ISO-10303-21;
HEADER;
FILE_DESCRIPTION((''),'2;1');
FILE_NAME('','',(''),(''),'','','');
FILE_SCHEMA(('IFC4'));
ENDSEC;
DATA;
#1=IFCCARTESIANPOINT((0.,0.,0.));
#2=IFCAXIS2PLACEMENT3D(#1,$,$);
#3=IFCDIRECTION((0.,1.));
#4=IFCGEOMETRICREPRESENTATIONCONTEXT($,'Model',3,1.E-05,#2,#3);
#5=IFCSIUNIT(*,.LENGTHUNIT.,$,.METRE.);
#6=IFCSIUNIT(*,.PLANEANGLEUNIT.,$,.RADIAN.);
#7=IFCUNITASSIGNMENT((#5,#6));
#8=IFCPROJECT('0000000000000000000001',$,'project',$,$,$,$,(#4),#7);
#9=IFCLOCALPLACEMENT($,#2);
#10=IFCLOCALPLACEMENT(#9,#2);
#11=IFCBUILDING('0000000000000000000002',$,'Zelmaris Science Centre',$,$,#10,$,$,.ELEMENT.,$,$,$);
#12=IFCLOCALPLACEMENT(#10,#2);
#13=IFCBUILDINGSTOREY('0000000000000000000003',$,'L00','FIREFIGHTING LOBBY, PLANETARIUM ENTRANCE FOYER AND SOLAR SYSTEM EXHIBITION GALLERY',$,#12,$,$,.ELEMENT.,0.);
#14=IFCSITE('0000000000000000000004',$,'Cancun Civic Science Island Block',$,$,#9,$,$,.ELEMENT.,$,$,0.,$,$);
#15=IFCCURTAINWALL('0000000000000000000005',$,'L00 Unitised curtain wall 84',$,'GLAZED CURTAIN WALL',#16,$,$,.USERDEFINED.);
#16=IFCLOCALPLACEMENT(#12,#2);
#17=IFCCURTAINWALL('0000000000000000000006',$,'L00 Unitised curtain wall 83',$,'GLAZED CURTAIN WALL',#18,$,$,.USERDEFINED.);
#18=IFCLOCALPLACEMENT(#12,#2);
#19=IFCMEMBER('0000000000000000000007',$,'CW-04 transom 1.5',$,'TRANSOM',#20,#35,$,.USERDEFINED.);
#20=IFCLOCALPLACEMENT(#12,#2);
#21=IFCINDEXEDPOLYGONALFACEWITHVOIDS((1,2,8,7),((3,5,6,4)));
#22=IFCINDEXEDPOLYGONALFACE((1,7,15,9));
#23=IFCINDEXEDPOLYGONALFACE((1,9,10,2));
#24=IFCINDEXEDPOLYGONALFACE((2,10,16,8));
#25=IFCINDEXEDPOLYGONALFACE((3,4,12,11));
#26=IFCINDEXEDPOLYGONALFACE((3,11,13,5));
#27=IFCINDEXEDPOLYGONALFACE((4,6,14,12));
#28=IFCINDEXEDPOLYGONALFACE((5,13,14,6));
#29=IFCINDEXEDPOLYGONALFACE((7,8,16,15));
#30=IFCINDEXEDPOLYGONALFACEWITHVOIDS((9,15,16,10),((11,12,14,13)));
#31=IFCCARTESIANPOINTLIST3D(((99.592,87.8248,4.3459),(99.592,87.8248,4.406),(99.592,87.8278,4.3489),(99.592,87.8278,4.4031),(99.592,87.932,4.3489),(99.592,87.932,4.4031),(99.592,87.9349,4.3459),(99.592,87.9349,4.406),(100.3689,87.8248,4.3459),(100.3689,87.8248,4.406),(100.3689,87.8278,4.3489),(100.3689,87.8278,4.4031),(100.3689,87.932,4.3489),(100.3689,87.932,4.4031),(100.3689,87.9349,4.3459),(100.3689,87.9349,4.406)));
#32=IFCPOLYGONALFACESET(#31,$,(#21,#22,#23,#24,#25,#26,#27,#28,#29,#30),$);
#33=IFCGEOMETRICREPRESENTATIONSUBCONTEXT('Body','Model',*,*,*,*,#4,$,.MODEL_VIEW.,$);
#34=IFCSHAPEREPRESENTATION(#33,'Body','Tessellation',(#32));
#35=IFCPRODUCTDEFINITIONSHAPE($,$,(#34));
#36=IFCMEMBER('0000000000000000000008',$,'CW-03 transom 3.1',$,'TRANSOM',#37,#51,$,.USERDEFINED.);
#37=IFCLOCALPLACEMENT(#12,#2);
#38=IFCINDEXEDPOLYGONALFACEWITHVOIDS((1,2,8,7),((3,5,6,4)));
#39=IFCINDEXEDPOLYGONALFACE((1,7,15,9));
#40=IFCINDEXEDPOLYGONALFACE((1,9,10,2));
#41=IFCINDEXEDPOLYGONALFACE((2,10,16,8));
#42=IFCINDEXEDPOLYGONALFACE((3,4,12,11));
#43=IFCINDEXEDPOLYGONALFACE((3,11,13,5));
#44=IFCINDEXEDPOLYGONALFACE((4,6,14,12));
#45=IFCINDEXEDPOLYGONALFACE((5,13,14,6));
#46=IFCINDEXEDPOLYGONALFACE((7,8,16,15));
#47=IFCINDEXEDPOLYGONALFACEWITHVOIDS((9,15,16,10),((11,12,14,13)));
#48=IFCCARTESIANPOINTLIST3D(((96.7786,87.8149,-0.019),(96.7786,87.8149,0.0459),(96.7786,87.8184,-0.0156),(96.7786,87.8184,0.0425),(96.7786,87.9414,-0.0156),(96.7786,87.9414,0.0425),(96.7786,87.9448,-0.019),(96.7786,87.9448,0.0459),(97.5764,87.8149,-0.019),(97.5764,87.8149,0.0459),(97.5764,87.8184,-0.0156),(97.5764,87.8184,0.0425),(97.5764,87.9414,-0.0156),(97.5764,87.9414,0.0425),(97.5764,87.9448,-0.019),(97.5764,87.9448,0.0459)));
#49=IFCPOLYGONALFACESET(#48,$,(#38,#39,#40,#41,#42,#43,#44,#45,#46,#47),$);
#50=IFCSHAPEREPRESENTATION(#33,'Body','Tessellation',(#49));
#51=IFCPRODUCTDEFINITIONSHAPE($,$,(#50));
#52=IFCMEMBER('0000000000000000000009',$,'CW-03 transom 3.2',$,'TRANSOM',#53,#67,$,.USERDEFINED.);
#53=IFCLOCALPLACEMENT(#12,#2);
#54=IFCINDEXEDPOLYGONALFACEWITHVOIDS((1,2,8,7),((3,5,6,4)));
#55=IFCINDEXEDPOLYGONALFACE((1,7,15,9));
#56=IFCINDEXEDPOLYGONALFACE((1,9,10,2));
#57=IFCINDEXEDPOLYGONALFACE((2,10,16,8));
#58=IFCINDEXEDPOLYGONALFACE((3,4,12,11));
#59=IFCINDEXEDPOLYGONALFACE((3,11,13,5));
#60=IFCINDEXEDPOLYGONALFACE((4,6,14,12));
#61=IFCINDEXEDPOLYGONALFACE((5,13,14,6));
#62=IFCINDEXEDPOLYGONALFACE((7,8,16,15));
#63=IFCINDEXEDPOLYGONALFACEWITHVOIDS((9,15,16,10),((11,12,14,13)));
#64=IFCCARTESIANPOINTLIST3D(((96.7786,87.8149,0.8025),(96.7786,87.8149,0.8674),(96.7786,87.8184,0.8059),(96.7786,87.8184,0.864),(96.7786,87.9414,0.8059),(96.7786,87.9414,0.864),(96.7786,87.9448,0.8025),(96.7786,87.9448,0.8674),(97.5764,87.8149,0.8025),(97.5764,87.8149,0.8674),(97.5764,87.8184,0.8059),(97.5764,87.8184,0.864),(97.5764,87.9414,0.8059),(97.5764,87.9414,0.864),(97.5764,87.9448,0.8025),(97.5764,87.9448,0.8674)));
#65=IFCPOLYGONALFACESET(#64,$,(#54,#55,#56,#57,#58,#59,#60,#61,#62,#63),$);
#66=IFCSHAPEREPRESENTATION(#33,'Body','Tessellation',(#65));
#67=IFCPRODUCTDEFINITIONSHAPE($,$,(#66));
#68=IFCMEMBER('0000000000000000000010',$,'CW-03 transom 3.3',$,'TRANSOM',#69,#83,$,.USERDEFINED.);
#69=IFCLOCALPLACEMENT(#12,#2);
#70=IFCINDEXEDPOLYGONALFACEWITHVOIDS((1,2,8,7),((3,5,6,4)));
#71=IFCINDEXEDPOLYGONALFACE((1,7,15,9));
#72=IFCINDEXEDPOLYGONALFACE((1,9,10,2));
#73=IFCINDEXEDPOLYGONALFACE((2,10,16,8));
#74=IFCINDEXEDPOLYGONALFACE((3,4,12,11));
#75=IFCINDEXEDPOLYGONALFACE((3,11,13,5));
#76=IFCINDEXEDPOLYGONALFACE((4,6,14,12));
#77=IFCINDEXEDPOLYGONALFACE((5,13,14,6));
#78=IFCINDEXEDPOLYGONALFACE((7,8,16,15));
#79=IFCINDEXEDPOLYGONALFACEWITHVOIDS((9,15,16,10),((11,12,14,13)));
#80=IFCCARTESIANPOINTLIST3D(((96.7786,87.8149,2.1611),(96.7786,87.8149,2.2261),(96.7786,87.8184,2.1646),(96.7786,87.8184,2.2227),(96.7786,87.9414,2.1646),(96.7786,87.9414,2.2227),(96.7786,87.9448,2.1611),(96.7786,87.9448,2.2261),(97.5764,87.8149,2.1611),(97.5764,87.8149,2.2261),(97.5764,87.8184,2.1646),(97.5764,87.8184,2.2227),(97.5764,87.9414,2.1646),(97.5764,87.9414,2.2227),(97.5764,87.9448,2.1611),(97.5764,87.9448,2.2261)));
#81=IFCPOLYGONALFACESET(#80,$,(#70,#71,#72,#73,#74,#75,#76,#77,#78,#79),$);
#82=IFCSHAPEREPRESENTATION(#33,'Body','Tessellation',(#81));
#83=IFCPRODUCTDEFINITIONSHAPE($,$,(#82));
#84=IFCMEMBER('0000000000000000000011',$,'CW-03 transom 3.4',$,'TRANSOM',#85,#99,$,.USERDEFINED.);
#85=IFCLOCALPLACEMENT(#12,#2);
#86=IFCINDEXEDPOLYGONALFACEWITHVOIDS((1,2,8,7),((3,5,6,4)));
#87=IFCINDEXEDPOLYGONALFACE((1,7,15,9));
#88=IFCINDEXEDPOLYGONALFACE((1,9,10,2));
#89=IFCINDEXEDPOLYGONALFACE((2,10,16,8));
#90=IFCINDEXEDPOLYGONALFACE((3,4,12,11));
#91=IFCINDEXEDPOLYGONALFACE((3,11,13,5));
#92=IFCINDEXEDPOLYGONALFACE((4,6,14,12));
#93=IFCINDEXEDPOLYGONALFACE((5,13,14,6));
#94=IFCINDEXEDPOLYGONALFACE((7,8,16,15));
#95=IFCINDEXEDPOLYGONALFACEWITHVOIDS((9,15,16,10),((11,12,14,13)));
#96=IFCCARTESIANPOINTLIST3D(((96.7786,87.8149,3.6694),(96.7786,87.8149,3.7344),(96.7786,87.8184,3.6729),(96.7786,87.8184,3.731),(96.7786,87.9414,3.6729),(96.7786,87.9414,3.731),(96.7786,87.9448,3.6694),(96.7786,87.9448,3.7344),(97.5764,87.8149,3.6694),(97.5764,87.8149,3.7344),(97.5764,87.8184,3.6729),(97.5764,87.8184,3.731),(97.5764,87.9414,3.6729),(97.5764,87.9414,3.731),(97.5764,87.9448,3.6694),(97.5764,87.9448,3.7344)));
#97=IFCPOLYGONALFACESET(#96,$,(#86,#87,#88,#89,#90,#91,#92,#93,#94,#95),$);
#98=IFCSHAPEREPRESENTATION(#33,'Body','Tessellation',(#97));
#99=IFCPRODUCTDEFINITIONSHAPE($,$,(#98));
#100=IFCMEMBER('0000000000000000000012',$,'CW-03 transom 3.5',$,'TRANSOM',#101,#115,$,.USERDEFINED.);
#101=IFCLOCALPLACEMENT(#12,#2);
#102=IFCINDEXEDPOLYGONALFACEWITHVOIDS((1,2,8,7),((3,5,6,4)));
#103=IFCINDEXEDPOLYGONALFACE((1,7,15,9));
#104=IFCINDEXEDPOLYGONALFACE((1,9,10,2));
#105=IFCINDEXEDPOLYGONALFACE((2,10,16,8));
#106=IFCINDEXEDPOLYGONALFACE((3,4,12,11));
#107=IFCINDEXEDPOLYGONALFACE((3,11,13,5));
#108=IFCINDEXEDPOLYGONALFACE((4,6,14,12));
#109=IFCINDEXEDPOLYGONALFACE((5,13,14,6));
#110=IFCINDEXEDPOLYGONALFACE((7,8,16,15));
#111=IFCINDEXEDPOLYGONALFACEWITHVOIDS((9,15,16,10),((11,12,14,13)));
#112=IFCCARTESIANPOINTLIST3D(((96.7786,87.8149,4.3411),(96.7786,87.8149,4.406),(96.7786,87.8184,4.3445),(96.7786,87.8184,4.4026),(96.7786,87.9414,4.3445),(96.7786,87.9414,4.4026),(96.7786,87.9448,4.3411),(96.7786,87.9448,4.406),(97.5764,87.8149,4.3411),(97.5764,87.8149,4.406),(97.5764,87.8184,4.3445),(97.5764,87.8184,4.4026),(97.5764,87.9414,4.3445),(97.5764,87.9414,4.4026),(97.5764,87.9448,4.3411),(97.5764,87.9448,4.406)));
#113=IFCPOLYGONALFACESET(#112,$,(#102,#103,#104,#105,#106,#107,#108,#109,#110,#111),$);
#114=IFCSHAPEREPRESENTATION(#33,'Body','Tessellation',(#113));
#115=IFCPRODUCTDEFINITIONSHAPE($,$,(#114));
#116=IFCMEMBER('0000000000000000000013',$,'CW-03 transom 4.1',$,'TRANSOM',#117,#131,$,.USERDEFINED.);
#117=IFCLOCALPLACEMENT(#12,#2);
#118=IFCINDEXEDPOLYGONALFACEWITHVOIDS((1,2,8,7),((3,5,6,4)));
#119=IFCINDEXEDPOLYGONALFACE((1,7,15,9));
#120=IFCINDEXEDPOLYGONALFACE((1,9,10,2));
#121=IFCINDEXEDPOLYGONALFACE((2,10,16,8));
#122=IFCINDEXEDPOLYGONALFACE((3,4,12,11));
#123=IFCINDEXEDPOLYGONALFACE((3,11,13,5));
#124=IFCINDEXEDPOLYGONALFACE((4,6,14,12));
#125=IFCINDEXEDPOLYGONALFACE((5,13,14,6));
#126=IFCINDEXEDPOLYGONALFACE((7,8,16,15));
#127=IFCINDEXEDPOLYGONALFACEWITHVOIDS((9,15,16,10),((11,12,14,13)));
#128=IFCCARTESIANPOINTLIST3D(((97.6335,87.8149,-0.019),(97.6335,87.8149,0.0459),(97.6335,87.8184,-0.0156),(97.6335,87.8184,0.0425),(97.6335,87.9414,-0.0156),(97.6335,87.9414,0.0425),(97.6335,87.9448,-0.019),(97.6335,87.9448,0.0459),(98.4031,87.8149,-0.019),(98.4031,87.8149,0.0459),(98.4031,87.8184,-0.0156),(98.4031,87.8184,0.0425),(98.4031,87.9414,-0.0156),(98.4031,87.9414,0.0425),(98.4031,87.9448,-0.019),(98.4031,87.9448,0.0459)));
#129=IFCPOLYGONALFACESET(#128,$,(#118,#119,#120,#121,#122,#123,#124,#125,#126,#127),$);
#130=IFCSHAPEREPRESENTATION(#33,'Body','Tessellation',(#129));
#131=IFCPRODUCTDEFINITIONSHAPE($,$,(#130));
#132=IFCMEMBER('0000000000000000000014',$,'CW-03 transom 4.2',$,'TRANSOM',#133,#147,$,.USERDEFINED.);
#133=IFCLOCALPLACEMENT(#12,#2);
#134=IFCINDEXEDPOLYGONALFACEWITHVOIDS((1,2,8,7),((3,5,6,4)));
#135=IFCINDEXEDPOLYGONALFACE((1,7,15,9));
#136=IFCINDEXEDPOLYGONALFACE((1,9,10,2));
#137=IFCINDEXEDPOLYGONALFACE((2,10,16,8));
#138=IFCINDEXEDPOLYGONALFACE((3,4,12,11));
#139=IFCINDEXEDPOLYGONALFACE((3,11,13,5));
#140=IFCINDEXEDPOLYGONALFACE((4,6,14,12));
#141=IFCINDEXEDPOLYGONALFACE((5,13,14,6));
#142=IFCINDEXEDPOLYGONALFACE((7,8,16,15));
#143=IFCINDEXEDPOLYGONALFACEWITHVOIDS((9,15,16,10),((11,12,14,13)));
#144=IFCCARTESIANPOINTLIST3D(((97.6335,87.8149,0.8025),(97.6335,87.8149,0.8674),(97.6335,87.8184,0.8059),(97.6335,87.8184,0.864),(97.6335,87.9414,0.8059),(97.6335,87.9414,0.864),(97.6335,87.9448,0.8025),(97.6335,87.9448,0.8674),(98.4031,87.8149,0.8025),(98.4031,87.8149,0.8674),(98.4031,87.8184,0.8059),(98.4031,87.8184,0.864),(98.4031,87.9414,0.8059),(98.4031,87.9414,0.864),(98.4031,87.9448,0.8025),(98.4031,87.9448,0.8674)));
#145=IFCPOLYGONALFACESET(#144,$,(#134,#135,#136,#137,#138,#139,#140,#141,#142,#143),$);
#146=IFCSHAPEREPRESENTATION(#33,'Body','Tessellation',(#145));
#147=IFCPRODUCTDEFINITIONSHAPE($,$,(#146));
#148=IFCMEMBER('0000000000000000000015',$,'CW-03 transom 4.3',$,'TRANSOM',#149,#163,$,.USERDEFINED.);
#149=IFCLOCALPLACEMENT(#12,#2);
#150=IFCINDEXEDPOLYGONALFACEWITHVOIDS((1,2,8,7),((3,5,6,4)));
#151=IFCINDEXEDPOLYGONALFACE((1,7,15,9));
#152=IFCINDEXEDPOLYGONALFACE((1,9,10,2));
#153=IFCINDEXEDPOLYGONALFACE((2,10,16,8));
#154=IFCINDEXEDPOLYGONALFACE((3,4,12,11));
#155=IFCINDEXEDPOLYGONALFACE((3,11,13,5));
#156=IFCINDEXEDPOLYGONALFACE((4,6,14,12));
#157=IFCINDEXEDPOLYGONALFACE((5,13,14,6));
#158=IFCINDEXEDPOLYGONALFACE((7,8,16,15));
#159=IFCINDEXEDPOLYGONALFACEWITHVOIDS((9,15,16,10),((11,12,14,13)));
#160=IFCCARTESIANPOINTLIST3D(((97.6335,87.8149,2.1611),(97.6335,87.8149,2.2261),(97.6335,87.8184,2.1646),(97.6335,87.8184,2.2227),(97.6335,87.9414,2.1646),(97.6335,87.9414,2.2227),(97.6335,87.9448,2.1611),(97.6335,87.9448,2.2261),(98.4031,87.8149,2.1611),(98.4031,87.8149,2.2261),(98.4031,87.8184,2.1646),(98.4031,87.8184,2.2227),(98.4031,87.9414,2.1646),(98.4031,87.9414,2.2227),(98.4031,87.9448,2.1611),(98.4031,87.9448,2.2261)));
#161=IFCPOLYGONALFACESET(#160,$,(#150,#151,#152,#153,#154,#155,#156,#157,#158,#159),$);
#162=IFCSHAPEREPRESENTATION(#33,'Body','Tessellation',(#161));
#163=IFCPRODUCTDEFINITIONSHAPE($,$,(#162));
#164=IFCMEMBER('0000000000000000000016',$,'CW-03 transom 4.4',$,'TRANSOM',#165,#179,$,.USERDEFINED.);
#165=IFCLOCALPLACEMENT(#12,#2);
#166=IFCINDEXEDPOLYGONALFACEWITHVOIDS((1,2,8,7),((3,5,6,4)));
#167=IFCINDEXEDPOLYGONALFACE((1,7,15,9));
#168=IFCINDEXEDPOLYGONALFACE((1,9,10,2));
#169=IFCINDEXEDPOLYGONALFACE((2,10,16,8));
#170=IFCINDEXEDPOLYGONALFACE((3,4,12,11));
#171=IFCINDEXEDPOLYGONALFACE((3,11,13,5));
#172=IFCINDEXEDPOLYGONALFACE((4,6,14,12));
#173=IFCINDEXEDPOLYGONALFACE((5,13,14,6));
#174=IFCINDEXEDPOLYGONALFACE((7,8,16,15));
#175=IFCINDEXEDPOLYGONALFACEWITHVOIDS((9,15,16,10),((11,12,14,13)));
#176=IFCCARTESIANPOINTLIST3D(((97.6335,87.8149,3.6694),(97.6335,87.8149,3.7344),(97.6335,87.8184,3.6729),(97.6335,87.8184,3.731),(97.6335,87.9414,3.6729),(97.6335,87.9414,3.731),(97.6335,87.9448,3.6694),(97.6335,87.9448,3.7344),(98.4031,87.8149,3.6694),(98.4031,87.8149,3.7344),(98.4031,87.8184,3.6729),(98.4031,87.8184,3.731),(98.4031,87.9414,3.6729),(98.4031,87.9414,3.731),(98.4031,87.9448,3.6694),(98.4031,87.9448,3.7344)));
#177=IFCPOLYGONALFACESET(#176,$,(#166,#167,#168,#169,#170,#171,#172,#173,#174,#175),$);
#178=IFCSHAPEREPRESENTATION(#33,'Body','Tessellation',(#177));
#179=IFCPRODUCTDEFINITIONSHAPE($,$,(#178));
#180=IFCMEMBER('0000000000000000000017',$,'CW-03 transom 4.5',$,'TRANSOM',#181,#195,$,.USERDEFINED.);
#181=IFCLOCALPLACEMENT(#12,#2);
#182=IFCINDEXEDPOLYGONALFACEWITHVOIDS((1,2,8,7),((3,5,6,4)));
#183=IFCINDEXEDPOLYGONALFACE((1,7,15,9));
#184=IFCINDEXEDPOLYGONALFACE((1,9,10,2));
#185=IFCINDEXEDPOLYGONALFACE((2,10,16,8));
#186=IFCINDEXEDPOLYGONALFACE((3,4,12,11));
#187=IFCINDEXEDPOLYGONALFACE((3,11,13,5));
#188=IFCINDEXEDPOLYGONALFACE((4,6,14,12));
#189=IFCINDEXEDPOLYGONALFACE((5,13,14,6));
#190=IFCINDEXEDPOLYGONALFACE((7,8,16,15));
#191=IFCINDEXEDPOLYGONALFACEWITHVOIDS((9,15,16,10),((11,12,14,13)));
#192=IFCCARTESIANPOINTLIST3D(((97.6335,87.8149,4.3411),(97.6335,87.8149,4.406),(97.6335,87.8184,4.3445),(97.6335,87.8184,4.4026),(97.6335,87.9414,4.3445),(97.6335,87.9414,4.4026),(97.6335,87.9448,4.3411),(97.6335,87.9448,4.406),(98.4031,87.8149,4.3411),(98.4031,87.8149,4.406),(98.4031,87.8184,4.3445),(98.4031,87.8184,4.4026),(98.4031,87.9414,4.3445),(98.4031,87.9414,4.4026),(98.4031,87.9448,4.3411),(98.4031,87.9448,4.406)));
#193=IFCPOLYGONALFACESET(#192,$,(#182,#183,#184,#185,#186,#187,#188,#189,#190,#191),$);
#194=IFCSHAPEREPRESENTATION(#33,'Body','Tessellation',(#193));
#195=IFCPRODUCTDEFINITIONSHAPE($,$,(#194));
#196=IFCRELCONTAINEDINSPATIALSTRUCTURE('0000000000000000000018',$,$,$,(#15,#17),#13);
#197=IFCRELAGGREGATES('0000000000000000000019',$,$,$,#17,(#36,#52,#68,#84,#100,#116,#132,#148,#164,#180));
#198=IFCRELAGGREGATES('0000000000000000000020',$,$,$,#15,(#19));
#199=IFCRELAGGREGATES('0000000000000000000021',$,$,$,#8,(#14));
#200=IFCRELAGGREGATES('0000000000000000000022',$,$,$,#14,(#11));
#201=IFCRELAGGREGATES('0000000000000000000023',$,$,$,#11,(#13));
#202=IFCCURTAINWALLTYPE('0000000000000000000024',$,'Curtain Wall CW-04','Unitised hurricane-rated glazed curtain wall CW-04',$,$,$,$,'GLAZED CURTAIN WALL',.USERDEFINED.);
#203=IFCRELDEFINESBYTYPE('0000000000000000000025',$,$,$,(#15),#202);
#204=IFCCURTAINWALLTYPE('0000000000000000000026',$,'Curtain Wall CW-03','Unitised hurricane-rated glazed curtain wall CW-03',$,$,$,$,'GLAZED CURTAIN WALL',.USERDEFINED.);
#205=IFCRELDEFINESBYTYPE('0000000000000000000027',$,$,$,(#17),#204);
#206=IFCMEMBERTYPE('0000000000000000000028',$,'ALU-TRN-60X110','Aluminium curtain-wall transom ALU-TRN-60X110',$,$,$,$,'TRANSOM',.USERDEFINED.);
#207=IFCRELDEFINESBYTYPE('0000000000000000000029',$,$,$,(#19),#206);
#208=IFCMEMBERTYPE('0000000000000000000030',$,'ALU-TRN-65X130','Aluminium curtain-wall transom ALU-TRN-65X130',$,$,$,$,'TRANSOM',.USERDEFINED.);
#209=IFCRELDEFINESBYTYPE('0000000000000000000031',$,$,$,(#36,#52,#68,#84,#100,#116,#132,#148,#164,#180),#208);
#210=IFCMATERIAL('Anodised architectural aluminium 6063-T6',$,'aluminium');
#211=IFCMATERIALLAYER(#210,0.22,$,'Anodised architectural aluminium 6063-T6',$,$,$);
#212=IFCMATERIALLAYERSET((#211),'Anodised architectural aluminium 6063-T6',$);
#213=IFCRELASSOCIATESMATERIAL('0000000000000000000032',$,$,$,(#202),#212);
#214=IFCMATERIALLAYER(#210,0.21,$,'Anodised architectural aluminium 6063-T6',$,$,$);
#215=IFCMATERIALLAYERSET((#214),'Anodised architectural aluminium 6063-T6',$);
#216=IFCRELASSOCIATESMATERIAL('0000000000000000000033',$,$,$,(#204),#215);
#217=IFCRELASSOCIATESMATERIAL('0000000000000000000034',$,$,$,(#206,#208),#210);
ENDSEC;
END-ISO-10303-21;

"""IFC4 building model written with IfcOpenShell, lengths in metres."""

from ifc_helpers import new_model, si_unit, direction, frame, origin, origin_2d, place, context, subcontext, project, spatial, hollow_rectangle, extrude, material, layer, layer_set, material_profile, profile_set, type_object, element, aggregate, save


model = new_model("IFC4")

# Units and contexts
model_context = context("Model", 3, precision=1e-05, world=origin(), true_north=direction((0.0, 1.0)))
body_context = subcontext(model_context, "Body", "Model", "MODEL_VIEW")
ifc_project = project(units=[si_unit("LENGTHUNIT", "METRE"), si_unit("PLANEANGLEUNIT", "RADIAN")], contexts=[model_context])

# Site, building, storey
site_placement = place(None, origin())
site = spatial("IfcSite", under=ifc_project, at=site_placement, Name="Cancun Civic Science Island Block", CompositionType="ELEMENT", RefElevation=0.0)
building_placement = place(site_placement, origin())
building = spatial("IfcBuilding", under=site, at=building_placement, Name="Zelmaris Science Centre", CompositionType="ELEMENT")
storey_placement = place(building_placement, origin())
storey = spatial("IfcBuildingStorey", under=building, at=storey_placement, Name="L00", Description="FIREFIGHTING LOBBY, PLANETARIUM ENTRANCE FOYER AND SOLAR SYSTEM EXHIBITION GALLERY", CompositionType="ELEMENT", Elevation=0.0)

# Curtain wall
ifc_material_1 = material(Name="Anodised architectural aluminium 6063-T6", Category="aluminium")
ifc_layer_1 = layer(ifc_material_1, 0.22, Name="Anodised architectural aluminium 6063-T6")
ifc_layer_set_1 = layer_set([ifc_layer_1], Name="Anodised architectural aluminium 6063-T6")
curtain_wall_type_1 = type_object("IfcCurtainWallType", Name="Curtain Wall CW-04", Description="Unitised hurricane-rated glazed curtain wall CW-04", ElementType="GLAZED CURTAIN WALL", PredefinedType="USERDEFINED", material=ifc_layer_set_1)
curtain_wall_1_placement = place(storey_placement, origin())
curtain_wall_1 = element("IfcCurtainWall", 1, at=curtain_wall_1_placement, inside=storey, type_object=curtain_wall_type_1, Name="L00 Unitised curtain wall 84", ObjectType="GLAZED CURTAIN WALL", PredefinedType="USERDEFINED")

# Curtain wall
ifc_layer_2 = layer(ifc_material_1, 0.21, Name="Anodised architectural aluminium 6063-T6")
ifc_layer_set_2 = layer_set([ifc_layer_2], Name="Anodised architectural aluminium 6063-T6")
curtain_wall_type_2 = type_object("IfcCurtainWallType", Name="Curtain Wall CW-03", Description="Unitised hurricane-rated glazed curtain wall CW-03", ElementType="GLAZED CURTAIN WALL", PredefinedType="USERDEFINED", material=ifc_layer_set_2)
curtain_wall_2_placement = place(storey_placement, origin())
curtain_wall_2 = element("IfcCurtainWall", 2, at=curtain_wall_2_placement, inside=storey, type_object=curtain_wall_type_2, Name="L00 Unitised curtain wall 83", ObjectType="GLAZED CURTAIN WALL", PredefinedType="USERDEFINED")

# Members
ifc_material_profile_1 = material_profile(ifc_material_1, hollow_rectangle(XDim=0.0601, YDim=0.1101, WallThickness=0.0029, at=origin_2d()), Name="ALU-TRN-60X110")
ifc_profile_set_1 = profile_set([ifc_material_profile_1], Name="Anodised architectural aluminium 6063-T6")
member_type_1 = type_object("IfcMemberType", Name="ALU-TRN-60X110", Description="Aluminium curtain-wall transom ALU-TRN-60X110", ElementType="TRANSOM", PredefinedType="USERDEFINED", material=ifc_profile_set_1)
member_1_placement = place(storey_placement, frame((99.592, 87.8799, 4.376), z_axis=(1.0, 0.0, 0.0), x_axis=(0.0, 0.0, 1.0)))
member_1 = element("IfcMember", 3, at=member_1_placement, type_object=member_type_1, Name="CW-04 transom 1.5", ObjectType="TRANSOM", PredefinedType="USERDEFINED", context=body_context, shape_type="SweptSolid", body=[
    extrude(hollow_rectangle(XDim=0.0601, YDim=0.1101, WallThickness=0.0029, at=origin_2d()), origin(), (0.0, 0.0, 1.0), 0.7769),
])
ifc_material_profile_2 = material_profile(ifc_material_1, hollow_rectangle(XDim=0.0649, YDim=0.1299, WallThickness=0.0034, at=origin_2d()), Name="ALU-TRN-65X130")
ifc_profile_set_2 = profile_set([ifc_material_profile_2], Name="Anodised architectural aluminium 6063-T6")
member_type_2 = type_object("IfcMemberType", Name="ALU-TRN-65X130", Description="Aluminium curtain-wall transom ALU-TRN-65X130", ElementType="TRANSOM", PredefinedType="USERDEFINED", material=ifc_profile_set_2)
member_2_placement = place(storey_placement, frame((96.7786, 87.8799, 0.0134), z_axis=(1.0, 0.0, 0.0), x_axis=(0.0, 0.0, 1.0)))
member_2 = element("IfcMember", 4, at=member_2_placement, type_object=member_type_2, Name="CW-03 transom 3.1", ObjectType="TRANSOM", PredefinedType="USERDEFINED", context=body_context, shape_type="SweptSolid", body=[
    extrude(hollow_rectangle(XDim=0.0649, YDim=0.1299, WallThickness=0.0034, at=origin_2d()), origin(), (0.0, 0.0, 1.0), 0.7979),
])
member_3_placement = place(storey_placement, frame((96.7786, 87.8799, 0.835), z_axis=(1.0, 0.0, 0.0), x_axis=(0.0, 0.0, 1.0)))
member_3 = element("IfcMember", 5, at=member_3_placement, type_object=member_type_2, Name="CW-03 transom 3.2", ObjectType="TRANSOM", PredefinedType="USERDEFINED", context=body_context, shape_type="SweptSolid", body=[
    extrude(hollow_rectangle(XDim=0.0649, YDim=0.1299, WallThickness=0.0034, at=origin_2d()), origin(), (0.0, 0.0, 1.0), 0.7979),
])
member_4_placement = place(storey_placement, frame((96.7786, 87.8799, 2.1936), z_axis=(1.0, 0.0, 0.0), x_axis=(0.0, 0.0, 1.0)))
member_4 = element("IfcMember", 6, at=member_4_placement, type_object=member_type_2, Name="CW-03 transom 3.3", ObjectType="TRANSOM", PredefinedType="USERDEFINED", context=body_context, shape_type="SweptSolid", body=[
    extrude(hollow_rectangle(XDim=0.0649, YDim=0.1299, WallThickness=0.0034, at=origin_2d()), origin(), (0.0, 0.0, 1.0), 0.7979),
])
member_5_placement = place(storey_placement, frame((96.7786, 87.8799, 3.7019), z_axis=(1.0, 0.0, 0.0), x_axis=(0.0, 0.0, 1.0)))
member_5 = element("IfcMember", 7, at=member_5_placement, type_object=member_type_2, Name="CW-03 transom 3.4", ObjectType="TRANSOM", PredefinedType="USERDEFINED", context=body_context, shape_type="SweptSolid", body=[
    extrude(hollow_rectangle(XDim=0.0649, YDim=0.1299, WallThickness=0.0034, at=origin_2d()), origin(), (0.0, 0.0, 1.0), 0.7979),
])
member_6_placement = place(storey_placement, frame((96.7786, 87.8799, 4.3735), z_axis=(1.0, 0.0, 0.0), x_axis=(0.0, 0.0, 1.0)))
member_6 = element("IfcMember", 8, at=member_6_placement, type_object=member_type_2, Name="CW-03 transom 3.5", ObjectType="TRANSOM", PredefinedType="USERDEFINED", context=body_context, shape_type="SweptSolid", body=[
    extrude(hollow_rectangle(XDim=0.0649, YDim=0.1299, WallThickness=0.0034, at=origin_2d()), origin(), (0.0, 0.0, 1.0), 0.7979),
])
member_7_placement = place(storey_placement, frame((97.6335, 87.8799, 0.0134), z_axis=(1.0, 0.0, 0.0), x_axis=(0.0, 0.0, 1.0)))
member_7 = element("IfcMember", 9, at=member_7_placement, type_object=member_type_2, Name="CW-03 transom 4.1", ObjectType="TRANSOM", PredefinedType="USERDEFINED", context=body_context, shape_type="SweptSolid", body=[
    extrude(hollow_rectangle(XDim=0.0649, YDim=0.1299, WallThickness=0.0034, at=origin_2d()), origin(), (0.0, 0.0, 1.0), 0.7695),
])
member_8_placement = place(storey_placement, frame((97.6335, 87.8799, 0.835), z_axis=(1.0, 0.0, 0.0), x_axis=(0.0, 0.0, 1.0)))
member_8 = element("IfcMember", 10, at=member_8_placement, type_object=member_type_2, Name="CW-03 transom 4.2", ObjectType="TRANSOM", PredefinedType="USERDEFINED", context=body_context, shape_type="SweptSolid", body=[
    extrude(hollow_rectangle(XDim=0.0649, YDim=0.1299, WallThickness=0.0034, at=origin_2d()), origin(), (0.0, 0.0, 1.0), 0.7695),
])
member_9_placement = place(storey_placement, frame((97.6335, 87.8799, 2.1936), z_axis=(1.0, 0.0, 0.0), x_axis=(0.0, 0.0, 1.0)))
member_9 = element("IfcMember", 11, at=member_9_placement, type_object=member_type_2, Name="CW-03 transom 4.3", ObjectType="TRANSOM", PredefinedType="USERDEFINED", context=body_context, shape_type="SweptSolid", body=[
    extrude(hollow_rectangle(XDim=0.0649, YDim=0.1299, WallThickness=0.0034, at=origin_2d()), origin(), (0.0, 0.0, 1.0), 0.7695),
])
member_10_placement = place(storey_placement, frame((97.6335, 87.8799, 3.7019), z_axis=(1.0, 0.0, 0.0), x_axis=(0.0, 0.0, 1.0)))
member_10 = element("IfcMember", 12, at=member_10_placement, type_object=member_type_2, Name="CW-03 transom 4.4", ObjectType="TRANSOM", PredefinedType="USERDEFINED", context=body_context, shape_type="SweptSolid", body=[
    extrude(hollow_rectangle(XDim=0.0649, YDim=0.1299, WallThickness=0.0034, at=origin_2d()), origin(), (0.0, 0.0, 1.0), 0.7695),
])
member_11_placement = place(storey_placement, frame((97.6335, 87.8799, 4.3735), z_axis=(1.0, 0.0, 0.0), x_axis=(0.0, 0.0, 1.0)))
member_11 = element("IfcMember", 13, at=member_11_placement, type_object=member_type_2, Name="CW-03 transom 4.5", ObjectType="TRANSOM", PredefinedType="USERDEFINED", context=body_context, shape_type="SweptSolid", body=[
    extrude(hollow_rectangle(XDim=0.0649, YDim=0.1299, WallThickness=0.0034, at=origin_2d()), origin(), (0.0, 0.0, 1.0), 0.7695),
])

aggregate(curtain_wall_2, [member_2, member_3, member_4, member_5, member_6, member_7, member_8, member_9, member_10, member_11])
aggregate(curtain_wall_1, [member_1])

save(model, "model.ifc")
